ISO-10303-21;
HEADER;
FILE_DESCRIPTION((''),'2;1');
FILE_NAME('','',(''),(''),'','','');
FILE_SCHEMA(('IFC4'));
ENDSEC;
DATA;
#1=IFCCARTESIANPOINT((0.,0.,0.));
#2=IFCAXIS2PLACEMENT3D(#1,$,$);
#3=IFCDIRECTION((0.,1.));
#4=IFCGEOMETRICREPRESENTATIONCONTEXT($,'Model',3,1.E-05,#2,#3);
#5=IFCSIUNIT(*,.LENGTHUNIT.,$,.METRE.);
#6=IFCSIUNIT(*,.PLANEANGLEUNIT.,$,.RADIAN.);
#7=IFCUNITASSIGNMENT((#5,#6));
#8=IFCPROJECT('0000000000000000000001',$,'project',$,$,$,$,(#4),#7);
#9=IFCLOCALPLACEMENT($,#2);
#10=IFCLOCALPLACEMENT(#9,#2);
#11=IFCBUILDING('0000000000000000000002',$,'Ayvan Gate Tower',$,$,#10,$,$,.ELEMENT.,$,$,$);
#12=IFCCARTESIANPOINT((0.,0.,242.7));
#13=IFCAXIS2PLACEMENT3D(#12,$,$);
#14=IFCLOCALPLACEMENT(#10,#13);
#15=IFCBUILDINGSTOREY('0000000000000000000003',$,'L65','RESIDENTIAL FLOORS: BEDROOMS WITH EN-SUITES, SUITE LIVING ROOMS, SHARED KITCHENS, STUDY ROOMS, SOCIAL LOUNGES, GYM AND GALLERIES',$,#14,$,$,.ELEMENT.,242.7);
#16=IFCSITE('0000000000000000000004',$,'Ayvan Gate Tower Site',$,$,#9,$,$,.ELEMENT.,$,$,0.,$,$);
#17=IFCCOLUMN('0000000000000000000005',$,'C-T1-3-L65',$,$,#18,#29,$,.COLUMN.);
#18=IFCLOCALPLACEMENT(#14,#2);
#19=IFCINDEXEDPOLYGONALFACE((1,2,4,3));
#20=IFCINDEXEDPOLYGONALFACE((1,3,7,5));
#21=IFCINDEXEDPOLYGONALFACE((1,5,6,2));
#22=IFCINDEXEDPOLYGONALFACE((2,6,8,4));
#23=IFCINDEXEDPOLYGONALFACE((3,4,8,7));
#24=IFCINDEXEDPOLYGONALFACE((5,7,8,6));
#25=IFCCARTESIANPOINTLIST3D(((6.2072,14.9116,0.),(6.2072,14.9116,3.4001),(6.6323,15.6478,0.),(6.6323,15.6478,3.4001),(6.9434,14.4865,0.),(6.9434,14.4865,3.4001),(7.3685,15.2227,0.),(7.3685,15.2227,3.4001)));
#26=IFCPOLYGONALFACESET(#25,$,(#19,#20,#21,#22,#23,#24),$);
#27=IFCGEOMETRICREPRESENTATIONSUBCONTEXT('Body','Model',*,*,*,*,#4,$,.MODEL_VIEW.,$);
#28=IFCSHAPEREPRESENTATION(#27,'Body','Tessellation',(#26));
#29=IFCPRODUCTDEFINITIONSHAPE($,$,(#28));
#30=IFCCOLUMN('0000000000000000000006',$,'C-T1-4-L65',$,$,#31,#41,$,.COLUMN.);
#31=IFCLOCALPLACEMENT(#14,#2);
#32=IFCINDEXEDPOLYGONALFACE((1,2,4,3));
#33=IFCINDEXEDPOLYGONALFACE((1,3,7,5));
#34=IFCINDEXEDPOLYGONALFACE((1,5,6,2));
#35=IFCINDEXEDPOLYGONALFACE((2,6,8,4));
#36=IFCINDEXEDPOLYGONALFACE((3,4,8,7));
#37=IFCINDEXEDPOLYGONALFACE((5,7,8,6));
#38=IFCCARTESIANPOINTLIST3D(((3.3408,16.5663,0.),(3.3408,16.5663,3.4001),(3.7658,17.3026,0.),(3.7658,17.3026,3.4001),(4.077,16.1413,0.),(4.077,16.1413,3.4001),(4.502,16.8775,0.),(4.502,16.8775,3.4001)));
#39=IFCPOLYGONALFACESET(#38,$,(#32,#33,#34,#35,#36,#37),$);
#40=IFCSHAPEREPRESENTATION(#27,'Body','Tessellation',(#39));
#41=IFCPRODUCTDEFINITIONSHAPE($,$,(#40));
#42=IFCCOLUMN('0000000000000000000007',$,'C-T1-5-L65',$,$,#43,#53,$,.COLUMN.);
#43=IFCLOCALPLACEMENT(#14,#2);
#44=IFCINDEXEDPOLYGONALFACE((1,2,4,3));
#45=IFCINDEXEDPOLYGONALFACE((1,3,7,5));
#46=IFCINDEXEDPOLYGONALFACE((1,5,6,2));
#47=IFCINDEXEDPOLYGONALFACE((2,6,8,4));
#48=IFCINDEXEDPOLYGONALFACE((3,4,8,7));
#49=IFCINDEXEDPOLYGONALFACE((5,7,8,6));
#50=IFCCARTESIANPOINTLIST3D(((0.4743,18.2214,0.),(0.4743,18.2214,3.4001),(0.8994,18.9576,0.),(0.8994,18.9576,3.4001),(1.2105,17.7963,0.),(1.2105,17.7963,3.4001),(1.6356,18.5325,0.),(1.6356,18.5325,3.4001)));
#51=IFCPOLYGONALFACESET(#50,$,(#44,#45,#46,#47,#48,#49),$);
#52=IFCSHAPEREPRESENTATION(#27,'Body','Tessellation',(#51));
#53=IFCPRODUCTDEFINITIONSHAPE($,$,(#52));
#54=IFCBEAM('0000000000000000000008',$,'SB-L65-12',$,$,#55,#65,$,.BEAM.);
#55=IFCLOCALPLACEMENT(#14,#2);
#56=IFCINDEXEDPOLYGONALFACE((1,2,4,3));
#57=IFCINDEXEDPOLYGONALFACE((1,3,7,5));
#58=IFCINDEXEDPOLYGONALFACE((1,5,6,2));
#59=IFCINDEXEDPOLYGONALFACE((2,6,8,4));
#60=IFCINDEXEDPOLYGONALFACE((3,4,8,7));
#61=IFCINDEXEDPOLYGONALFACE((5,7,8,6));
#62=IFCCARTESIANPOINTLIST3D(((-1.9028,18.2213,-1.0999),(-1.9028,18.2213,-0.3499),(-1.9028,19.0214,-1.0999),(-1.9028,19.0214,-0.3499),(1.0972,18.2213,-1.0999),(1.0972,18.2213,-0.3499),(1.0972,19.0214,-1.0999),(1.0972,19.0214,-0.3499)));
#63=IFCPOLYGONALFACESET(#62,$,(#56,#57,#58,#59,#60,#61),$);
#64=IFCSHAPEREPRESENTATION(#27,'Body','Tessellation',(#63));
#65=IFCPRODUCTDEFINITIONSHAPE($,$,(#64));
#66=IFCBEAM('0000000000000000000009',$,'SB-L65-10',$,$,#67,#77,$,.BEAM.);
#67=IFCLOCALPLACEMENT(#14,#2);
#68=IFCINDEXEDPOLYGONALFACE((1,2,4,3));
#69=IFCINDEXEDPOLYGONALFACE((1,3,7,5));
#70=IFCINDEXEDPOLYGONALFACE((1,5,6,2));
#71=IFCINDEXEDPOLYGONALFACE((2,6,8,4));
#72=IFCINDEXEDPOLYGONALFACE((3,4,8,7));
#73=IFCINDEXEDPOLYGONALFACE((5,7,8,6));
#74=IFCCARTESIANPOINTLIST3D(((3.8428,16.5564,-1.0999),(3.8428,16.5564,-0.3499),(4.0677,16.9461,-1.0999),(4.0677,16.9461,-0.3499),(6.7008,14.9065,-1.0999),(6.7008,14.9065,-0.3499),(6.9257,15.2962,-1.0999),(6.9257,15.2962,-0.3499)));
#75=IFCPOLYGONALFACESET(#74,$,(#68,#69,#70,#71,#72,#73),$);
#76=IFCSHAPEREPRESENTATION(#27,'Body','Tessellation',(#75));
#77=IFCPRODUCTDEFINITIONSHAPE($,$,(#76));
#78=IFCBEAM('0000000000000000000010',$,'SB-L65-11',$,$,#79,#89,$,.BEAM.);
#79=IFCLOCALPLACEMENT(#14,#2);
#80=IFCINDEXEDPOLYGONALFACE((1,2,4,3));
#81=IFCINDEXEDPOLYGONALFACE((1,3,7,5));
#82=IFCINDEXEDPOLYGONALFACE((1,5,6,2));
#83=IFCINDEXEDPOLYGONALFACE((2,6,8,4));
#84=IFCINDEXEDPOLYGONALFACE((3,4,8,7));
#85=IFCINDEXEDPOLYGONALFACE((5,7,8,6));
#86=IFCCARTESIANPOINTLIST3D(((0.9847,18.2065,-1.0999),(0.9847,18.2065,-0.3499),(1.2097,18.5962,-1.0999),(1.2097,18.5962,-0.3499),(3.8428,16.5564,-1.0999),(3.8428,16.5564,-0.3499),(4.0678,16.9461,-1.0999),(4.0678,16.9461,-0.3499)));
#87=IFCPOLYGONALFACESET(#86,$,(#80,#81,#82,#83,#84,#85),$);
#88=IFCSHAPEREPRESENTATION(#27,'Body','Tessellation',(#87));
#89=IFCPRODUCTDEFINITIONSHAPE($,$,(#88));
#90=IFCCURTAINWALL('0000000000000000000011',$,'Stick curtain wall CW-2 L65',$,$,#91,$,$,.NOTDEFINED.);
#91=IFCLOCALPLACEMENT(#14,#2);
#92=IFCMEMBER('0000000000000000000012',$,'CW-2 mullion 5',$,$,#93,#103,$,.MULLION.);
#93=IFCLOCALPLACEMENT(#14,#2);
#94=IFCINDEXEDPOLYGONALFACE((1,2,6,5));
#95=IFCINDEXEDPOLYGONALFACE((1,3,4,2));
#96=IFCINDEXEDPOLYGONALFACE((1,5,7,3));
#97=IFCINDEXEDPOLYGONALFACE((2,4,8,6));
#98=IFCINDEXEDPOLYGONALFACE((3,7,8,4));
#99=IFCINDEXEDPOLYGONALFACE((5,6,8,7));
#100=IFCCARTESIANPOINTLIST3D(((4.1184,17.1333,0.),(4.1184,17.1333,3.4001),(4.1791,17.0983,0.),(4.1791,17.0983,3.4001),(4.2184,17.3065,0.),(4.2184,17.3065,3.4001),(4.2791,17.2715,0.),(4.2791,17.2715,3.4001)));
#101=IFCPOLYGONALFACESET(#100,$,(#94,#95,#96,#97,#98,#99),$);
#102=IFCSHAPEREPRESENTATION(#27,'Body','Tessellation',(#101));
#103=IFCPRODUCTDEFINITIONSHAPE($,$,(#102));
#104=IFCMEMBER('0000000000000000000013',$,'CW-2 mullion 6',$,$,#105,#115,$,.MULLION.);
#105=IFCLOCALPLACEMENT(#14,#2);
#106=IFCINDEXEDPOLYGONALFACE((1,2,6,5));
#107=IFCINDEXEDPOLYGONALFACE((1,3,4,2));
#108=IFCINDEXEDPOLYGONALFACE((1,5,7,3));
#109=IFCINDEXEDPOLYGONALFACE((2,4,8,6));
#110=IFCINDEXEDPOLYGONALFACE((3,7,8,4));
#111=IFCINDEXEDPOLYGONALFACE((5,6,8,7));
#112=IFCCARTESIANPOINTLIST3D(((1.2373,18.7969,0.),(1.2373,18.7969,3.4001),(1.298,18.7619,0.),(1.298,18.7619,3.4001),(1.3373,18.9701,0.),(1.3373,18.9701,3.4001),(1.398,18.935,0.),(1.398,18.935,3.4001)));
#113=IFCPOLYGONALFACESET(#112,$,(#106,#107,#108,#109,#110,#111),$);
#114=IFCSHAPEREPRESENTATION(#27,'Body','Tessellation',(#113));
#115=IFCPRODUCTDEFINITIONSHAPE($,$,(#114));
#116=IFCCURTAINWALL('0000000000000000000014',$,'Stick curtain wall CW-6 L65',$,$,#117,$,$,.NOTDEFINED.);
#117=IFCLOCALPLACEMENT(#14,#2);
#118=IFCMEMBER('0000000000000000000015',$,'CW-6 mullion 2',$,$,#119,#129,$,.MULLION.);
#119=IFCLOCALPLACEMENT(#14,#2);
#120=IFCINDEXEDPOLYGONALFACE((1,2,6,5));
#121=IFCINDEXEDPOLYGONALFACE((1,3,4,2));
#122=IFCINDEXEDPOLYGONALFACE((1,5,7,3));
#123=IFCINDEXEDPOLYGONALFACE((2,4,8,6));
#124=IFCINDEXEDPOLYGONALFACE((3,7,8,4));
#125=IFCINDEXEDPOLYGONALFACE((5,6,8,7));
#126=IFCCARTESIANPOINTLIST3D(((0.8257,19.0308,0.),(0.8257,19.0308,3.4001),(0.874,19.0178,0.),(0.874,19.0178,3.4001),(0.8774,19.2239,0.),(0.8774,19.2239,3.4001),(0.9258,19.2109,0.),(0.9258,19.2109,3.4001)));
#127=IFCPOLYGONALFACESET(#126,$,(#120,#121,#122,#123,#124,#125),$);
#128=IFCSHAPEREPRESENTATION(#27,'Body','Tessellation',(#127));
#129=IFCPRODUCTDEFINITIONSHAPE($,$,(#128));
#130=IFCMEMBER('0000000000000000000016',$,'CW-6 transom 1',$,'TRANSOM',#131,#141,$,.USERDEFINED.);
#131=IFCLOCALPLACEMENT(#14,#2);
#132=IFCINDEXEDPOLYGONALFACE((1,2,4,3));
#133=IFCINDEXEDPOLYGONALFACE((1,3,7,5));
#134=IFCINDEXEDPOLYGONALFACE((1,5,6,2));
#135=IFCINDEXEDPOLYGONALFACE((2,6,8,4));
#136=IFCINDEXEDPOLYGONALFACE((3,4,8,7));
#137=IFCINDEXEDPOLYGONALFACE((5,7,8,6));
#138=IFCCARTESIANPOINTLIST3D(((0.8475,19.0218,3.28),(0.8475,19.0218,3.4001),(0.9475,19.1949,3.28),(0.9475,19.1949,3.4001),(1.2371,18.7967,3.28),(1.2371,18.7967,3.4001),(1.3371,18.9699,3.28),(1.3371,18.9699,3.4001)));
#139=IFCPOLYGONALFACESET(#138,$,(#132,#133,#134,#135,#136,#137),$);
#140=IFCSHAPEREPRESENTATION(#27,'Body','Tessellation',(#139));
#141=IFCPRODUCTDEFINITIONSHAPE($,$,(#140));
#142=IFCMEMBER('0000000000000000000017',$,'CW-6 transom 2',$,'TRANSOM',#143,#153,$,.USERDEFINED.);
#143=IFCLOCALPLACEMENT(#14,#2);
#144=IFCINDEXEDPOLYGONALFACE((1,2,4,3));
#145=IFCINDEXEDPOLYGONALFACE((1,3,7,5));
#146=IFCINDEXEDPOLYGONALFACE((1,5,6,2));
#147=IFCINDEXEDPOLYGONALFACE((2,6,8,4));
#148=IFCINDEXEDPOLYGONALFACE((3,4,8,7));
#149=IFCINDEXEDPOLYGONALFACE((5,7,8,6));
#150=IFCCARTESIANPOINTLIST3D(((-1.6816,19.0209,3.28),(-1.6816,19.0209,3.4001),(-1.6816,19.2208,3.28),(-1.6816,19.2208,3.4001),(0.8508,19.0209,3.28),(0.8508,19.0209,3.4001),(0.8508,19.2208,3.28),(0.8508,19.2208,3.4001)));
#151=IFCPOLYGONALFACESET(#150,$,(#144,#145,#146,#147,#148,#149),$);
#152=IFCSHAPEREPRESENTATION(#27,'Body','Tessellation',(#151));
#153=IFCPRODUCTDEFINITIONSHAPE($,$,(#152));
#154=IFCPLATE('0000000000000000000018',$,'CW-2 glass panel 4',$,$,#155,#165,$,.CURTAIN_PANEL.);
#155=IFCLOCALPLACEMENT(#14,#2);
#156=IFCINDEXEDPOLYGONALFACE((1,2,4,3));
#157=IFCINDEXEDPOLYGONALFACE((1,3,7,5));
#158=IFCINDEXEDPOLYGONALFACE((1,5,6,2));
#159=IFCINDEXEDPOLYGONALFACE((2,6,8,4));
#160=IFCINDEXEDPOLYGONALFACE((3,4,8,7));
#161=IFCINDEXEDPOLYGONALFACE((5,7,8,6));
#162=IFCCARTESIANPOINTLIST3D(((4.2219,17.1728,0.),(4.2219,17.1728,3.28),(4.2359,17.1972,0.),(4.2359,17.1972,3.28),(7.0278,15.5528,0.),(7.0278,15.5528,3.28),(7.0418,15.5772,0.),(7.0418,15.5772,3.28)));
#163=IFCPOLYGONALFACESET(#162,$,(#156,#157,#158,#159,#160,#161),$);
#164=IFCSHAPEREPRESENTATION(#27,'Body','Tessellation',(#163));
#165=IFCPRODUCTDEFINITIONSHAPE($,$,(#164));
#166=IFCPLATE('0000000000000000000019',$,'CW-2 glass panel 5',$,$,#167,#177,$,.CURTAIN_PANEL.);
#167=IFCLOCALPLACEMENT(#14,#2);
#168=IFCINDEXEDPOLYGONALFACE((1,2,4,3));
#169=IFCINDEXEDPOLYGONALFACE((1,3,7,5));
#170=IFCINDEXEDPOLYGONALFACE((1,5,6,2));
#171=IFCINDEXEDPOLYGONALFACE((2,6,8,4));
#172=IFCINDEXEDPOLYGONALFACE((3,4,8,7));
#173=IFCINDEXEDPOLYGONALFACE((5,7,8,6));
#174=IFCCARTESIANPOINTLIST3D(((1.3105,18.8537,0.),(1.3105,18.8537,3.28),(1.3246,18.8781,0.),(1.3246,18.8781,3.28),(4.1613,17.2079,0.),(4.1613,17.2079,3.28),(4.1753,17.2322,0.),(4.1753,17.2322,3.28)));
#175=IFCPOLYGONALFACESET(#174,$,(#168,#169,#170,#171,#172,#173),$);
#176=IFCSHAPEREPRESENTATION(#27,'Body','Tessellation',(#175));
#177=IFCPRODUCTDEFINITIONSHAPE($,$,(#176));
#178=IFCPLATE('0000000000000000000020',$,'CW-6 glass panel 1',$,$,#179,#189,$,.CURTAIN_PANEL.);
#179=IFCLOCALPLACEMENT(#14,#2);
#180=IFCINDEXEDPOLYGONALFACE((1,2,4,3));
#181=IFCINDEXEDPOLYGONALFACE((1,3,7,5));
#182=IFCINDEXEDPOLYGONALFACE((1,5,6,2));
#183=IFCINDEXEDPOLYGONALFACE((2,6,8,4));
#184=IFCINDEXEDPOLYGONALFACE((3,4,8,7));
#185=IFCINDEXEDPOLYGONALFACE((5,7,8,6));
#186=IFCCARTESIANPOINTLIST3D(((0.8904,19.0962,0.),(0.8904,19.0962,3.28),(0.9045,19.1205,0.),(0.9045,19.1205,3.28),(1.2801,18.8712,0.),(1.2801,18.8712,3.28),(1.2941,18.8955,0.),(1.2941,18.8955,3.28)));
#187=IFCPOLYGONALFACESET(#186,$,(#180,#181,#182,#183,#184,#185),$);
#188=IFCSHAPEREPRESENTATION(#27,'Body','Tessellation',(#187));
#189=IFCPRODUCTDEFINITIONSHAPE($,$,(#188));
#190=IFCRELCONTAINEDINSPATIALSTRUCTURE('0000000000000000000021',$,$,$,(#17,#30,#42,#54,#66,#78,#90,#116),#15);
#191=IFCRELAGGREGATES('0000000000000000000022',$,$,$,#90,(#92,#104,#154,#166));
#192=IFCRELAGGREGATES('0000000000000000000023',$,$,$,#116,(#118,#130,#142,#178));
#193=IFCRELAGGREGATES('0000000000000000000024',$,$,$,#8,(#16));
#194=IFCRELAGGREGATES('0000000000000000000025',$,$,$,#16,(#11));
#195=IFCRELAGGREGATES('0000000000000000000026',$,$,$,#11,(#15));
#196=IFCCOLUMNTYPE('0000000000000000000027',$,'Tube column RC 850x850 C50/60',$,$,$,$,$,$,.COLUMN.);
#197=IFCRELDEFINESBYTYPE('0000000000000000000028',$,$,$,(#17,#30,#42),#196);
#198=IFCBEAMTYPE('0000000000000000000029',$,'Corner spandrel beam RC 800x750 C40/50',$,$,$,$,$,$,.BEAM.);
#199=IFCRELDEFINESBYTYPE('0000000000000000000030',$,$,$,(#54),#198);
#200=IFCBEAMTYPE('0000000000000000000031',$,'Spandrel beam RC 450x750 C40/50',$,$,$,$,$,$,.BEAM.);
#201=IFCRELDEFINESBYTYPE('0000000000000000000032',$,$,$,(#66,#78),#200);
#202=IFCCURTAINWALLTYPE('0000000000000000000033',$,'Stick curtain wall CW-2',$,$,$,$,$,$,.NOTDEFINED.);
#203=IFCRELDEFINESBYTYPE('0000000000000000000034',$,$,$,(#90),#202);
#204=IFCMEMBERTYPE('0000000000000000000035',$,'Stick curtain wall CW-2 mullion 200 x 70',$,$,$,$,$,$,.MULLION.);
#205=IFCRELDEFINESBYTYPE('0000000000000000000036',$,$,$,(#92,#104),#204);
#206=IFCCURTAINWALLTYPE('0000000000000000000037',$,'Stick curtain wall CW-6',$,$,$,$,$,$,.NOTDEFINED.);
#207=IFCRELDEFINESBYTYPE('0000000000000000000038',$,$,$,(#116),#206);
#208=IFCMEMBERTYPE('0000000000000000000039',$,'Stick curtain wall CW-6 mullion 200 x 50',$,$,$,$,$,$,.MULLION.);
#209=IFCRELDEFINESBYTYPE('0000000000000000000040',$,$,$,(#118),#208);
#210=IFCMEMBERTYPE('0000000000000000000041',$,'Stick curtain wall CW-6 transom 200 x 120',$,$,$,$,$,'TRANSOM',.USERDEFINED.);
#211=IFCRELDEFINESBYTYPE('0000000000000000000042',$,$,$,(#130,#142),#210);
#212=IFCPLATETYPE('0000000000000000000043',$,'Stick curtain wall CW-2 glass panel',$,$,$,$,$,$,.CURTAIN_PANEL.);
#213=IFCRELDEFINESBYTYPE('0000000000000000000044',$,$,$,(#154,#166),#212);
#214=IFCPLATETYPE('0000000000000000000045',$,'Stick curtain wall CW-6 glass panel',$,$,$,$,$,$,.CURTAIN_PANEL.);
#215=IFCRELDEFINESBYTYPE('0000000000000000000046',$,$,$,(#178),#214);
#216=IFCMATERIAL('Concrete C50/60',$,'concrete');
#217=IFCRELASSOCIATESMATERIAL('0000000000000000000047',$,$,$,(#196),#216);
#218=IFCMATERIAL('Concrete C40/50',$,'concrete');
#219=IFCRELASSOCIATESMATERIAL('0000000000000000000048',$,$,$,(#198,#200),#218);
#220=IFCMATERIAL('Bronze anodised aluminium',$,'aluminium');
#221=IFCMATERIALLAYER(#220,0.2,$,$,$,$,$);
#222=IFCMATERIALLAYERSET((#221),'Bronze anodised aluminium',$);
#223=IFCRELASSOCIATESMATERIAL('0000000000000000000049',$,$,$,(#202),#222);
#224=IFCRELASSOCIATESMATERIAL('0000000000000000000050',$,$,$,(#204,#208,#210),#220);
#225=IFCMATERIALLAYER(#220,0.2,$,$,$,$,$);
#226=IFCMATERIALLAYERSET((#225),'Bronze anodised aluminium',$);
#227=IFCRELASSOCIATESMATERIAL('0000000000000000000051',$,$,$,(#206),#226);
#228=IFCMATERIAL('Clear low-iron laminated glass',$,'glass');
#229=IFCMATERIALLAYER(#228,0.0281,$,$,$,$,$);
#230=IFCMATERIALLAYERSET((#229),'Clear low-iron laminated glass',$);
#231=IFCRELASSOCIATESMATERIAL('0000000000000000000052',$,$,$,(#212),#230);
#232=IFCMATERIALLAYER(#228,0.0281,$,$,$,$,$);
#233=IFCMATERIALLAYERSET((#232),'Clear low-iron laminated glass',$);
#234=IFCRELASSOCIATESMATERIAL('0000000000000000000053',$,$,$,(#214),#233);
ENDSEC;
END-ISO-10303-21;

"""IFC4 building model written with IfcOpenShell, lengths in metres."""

from ifc_helpers import new_model, si_unit, direction, frame, origin, origin_2d, place, context, subcontext, project, spatial, rectangle, extrude, material, layer, layer_set, material_profile, profile_set, type_object, element, aggregate, save


model = new_model("IFC4")

# Units and contexts
model_context = context("Model", 3, precision=1e-05, world=origin(), true_north=direction((0.0, 1.0)))
body_context = subcontext(model_context, "Body", "Model", "MODEL_VIEW")
ifc_project = project(units=[si_unit("LENGTHUNIT", "METRE"), si_unit("PLANEANGLEUNIT", "RADIAN")], contexts=[model_context])

# Site, building, storey
site_placement = place(None, origin())
site = spatial("IfcSite", under=ifc_project, at=site_placement, Name="Ayvan Gate Tower Site", CompositionType="ELEMENT", RefElevation=0.0)
building_placement = place(site_placement, origin())
building = spatial("IfcBuilding", under=site, at=building_placement, Name="Ayvan Gate Tower", CompositionType="ELEMENT")
storey_placement = place(building_placement, frame((0.0, 0.0, 242.7)))
storey = spatial("IfcBuildingStorey", under=building, at=storey_placement, Name="L65", Description="RESIDENTIAL FLOORS: BEDROOMS WITH EN-SUITES, SUITE LIVING ROOMS, SHARED KITCHENS, STUDY ROOMS, SOCIAL LOUNGES, GYM AND GALLERIES", CompositionType="ELEMENT", Elevation=242.7)

# Columns
ifc_material_1 = material(Name="Concrete C50/60", Category="concrete")
ifc_material_profile_1 = material_profile(ifc_material_1, rectangle(XDim=0.8501, YDim=0.8501, at=origin_2d()), Name="RC 850x850")
ifc_profile_set_1 = profile_set([ifc_material_profile_1], Name="Concrete C50/60")
column_type = type_object("IfcColumnType", Name="Tube column RC 850x850 C50/60", PredefinedType="COLUMN", material=ifc_profile_set_1)
for number, where, z_axis, x_axis, name in (
    (1, (6.7878, 15.0671, 0.0), (0.0, 0.0, 1.0), (0.5, 0.866025, 0.0), "C-T1-3-L65"),
    (2, (3.9214, 16.7219, 0.0), (0.0, 0.0, 1.0), (0.5, 0.866025, 0.0), "C-T1-4-L65"),
    (3, (1.0549, 18.377, 0.0), (0.0, 0.0, 1.0), (0.5, 0.866025, 0.0), "C-T1-5-L65"),
):
    element("IfcColumn", number, at=place(storey_placement, frame(where, z_axis=z_axis, x_axis=x_axis)), inside=storey, type_object=column_type, Name=name, PredefinedType="COLUMN", context=body_context, shape_type="SweptSolid", body=[
        extrude(rectangle(XDim=0.8501, YDim=0.8501, at=origin_2d()), origin(), (0.0, 0.0, 1.0), 3.4001),
    ])

# Beams
ifc_material_2 = material(Name="Concrete C40/50", Category="concrete")
ifc_material_profile_2 = material_profile(ifc_material_2, rectangle(XDim=0.8, YDim=0.75, at=origin_2d()), Name="RC 800x750")
ifc_profile_set_2 = profile_set([ifc_material_profile_2], Name="Concrete C40/50")
beam_type_1 = type_object("IfcBeamType", Name="Corner spandrel beam RC 800x750 C40/50", PredefinedType="BEAM", material=ifc_profile_set_2)
beam_1_placement = place(storey_placement, frame((1.0972, 18.6213, -0.7249), z_axis=(-1.0, 0.0, 0.0), x_axis=(0.0, -1.0, 0.0)))
element("IfcBeam", 4, at=beam_1_placement, inside=storey, type_object=beam_type_1, Name="SB-L65-12", PredefinedType="BEAM", context=body_context, shape_type="SweptSolid", body=[
    extrude(rectangle(XDim=0.8, YDim=0.75, at=origin_2d()), origin(), (0.0, 0.0, 1.0), 3.0),
])
ifc_material_profile_3 = material_profile(ifc_material_2, rectangle(XDim=0.45, YDim=0.75, at=origin_2d()), Name="RC 450x750")
ifc_profile_set_3 = profile_set([ifc_material_profile_3], Name="Concrete C40/50")
beam_type_2 = type_object("IfcBeamType", Name="Spandrel beam RC 450x750 C40/50", PredefinedType="BEAM", material=ifc_profile_set_3)
beam_2_placement = place(storey_placement, frame((6.8132, 15.1013, -0.7249), z_axis=(-0.86604, 0.499974, 0.0), x_axis=(-0.499974, -0.86604, 0.0)))
element("IfcBeam", 5, at=beam_2_placement, inside=storey, type_object=beam_type_2, Name="SB-L65-10", PredefinedType="BEAM", context=body_context, shape_type="SweptSolid", body=[
    extrude(rectangle(XDim=0.45, YDim=0.75, at=origin_2d()), origin(), (0.0, 0.0, 1.0), 3.3),
])
beam_3_placement = place(storey_placement, frame((3.9553, 16.7512, -0.7249), z_axis=(-0.866027, 0.499998, 0.0), x_axis=(-0.499998, -0.866027, 0.0)))
element("IfcBeam", 6, at=beam_3_placement, inside=storey, type_object=beam_type_2, Name="SB-L65-11", PredefinedType="BEAM", context=body_context, shape_type="SweptSolid", body=[
    extrude(rectangle(XDim=0.45, YDim=0.75, at=origin_2d()), origin(), (0.0, 0.0, 1.0), 3.3003),
])

# Curtain walls, members
ifc_material_3 = material(Name="Bronze anodised aluminium", Category="aluminium")
ifc_layer_1 = layer(ifc_material_3, 0.2)
ifc_layer_set_1 = layer_set([ifc_layer_1], Name="Bronze anodised aluminium")
curtain_wall_type_1 = type_object("IfcCurtainWallType", Name="Stick curtain wall CW-2", PredefinedType="NOTDEFINED", material=ifc_layer_set_1)
curtain_wall_1_placement = place(storey_placement, origin())
curtain_wall_1 = element("IfcCurtainWall", 7, at=curtain_wall_1_placement, inside=storey, type_object=curtain_wall_type_1, Name="Stick curtain wall CW-2 L65", PredefinedType="NOTDEFINED")
ifc_material_profile_4 = material_profile(ifc_material_3, rectangle(XDim=0.2, YDim=0.0701, at=origin_2d()), Name="Stick curtain wall CW-2 mullion 200 x 70")
ifc_profile_set_4 = profile_set([ifc_material_profile_4], Name="Bronze anodised aluminium")
member_type_1 = type_object("IfcMemberType", Name="Stick curtain wall CW-2 mullion 200 x 70", PredefinedType="MULLION", material=ifc_profile_set_4)
member_1_placement = place(storey_placement, frame((4.1987, 17.2024, 0.0), z_axis=(0.0, 0.0, 1.0), x_axis=(0.5, 0.866025, 0.0)))
member_1 = element("IfcMember", 8, at=member_1_placement, type_object=member_type_1, Name="CW-2 mullion 5", PredefinedType="MULLION", context=body_context, shape_type="SweptSolid", body=[
    extrude(rectangle(XDim=0.2, YDim=0.0701, at=origin_2d()), origin(), (0.0, 0.0, 1.0), 3.4001),
])
member_2_placement = place(storey_placement, frame((1.3176, 18.866, 0.0), z_axis=(0.0, 0.0, 1.0), x_axis=(0.5, 0.866025, 0.0)))
member_2 = element("IfcMember", 9, at=member_2_placement, type_object=member_type_1, Name="CW-2 mullion 6", PredefinedType="MULLION", context=body_context, shape_type="SweptSolid", body=[
    extrude(rectangle(XDim=0.2, YDim=0.0701, at=origin_2d()), origin(), (0.0, 0.0, 1.0), 3.4001),
])
ifc_layer_2 = layer(ifc_material_3, 0.2)
ifc_layer_set_2 = layer_set([ifc_layer_2], Name="Bronze anodised aluminium")
curtain_wall_type_2 = type_object("IfcCurtainWallType", Name="Stick curtain wall CW-6", PredefinedType="NOTDEFINED", material=ifc_layer_set_2)
curtain_wall_2_placement = place(storey_placement, origin())
curtain_wall_2 = element("IfcCurtainWall", 10, at=curtain_wall_2_placement, inside=storey, type_object=curtain_wall_type_2, Name="Stick curtain wall CW-6 L65", PredefinedType="NOTDEFINED")
ifc_material_profile_5 = material_profile(ifc_material_3, rectangle(XDim=0.2, YDim=0.05, at=origin_2d()), Name="Stick curtain wall CW-6 mullion 200 x 50")
ifc_profile_set_5 = profile_set([ifc_material_profile_5], Name="Bronze anodised aluminium")
member_type_2 = type_object("IfcMemberType", Name="Stick curtain wall CW-6 mullion 200 x 50", PredefinedType="MULLION", material=ifc_profile_set_5)
member_3_placement = place(storey_placement, frame((0.8757, 19.1208, 0.0), z_axis=(0.0, 0.0, 1.0), x_axis=(0.258819, 0.965926, 0.0)))
member_3 = element("IfcMember", 11, at=member_3_placement, type_object=member_type_2, Name="CW-6 mullion 2", PredefinedType="MULLION", context=body_context, shape_type="SweptSolid", body=[
    extrude(rectangle(XDim=0.2, YDim=0.05, at=origin_2d()), origin(), (0.0, 0.0, 1.0), 3.4001),
])
ifc_material_profile_6 = material_profile(ifc_material_3, rectangle(XDim=0.2, YDim=0.1201, at=origin_2d()), Name="Stick curtain wall CW-6 transom 200 x 120")
ifc_profile_set_6 = profile_set([ifc_material_profile_6], Name="Bronze anodised aluminium")
member_type_3 = type_object("IfcMemberType", Name="Stick curtain wall CW-6 transom 200 x 120", ElementType="TRANSOM", PredefinedType="USERDEFINED", material=ifc_profile_set_6)
member_4_placement = place(storey_placement, frame((1.2871, 18.8833, 3.3401), z_axis=(-0.865896, 0.500223, 0.0), x_axis=(-0.500223, -0.865896, 0.0)))
member_4 = element("IfcMember", 12, at=member_4_placement, type_object=member_type_3, Name="CW-6 transom 1", ObjectType="TRANSOM", PredefinedType="USERDEFINED", context=body_context, shape_type="SweptSolid", body=[
    extrude(rectangle(XDim=0.2, YDim=0.1201, at=origin_2d()), origin(), (0.0, 0.0, 1.0), 0.45),
])
member_5_placement = place(storey_placement, frame((0.8508, 19.1208, 3.3401), z_axis=(-1.0, 0.0, 0.0), x_axis=(0.0, -1.0, 0.0)))
member_5 = element("IfcMember", 13, at=member_5_placement, type_object=member_type_3, Name="CW-6 transom 2", ObjectType="TRANSOM", PredefinedType="USERDEFINED", context=body_context, shape_type="SweptSolid", body=[
    extrude(rectangle(XDim=0.2, YDim=0.1201, at=origin_2d()), origin(), (0.0, 0.0, 1.0), 2.5325),
])

# Plates
ifc_material_4 = material(Name="Clear low-iron laminated glass", Category="glass")
ifc_layer_3 = layer(ifc_material_4, 0.0281)
ifc_layer_set_3 = layer_set([ifc_layer_3], Name="Clear low-iron laminated glass")
plate_type_1 = type_object("IfcPlateType", Name="Stick curtain wall CW-2 glass panel", PredefinedType="CURTAIN_PANEL", material=ifc_layer_set_3)
plate_1_placement = place(storey_placement, frame((5.6318, 16.375, 0.0), z_axis=(0.0, 0.0, 1.0), x_axis=(-0.866025, 0.5, 0.0)))
plate_1 = element("IfcPlate", 14, at=plate_1_placement, type_object=plate_type_1, Name="CW-2 glass panel 4", PredefinedType="CURTAIN_PANEL", context=body_context, shape_type="SweptSolid", body=[
    extrude(rectangle(XDim=3.24, YDim=0.0281, at=origin_2d()), origin(), (0.0, 0.0, 1.0), 3.28),
])
plate_2_placement = place(storey_placement, frame((2.7429, 18.043, 0.0), z_axis=(0.0, 0.0, 1.0), x_axis=(-0.866025, 0.5, 0.0)))
plate_2 = element("IfcPlate", 15, at=plate_2_placement, type_object=plate_type_1, Name="CW-2 glass panel 5", PredefinedType="CURTAIN_PANEL", context=body_context, shape_type="SweptSolid", body=[
    extrude(rectangle(XDim=3.2917, YDim=0.0281, at=origin_2d()), origin(), (0.0, 0.0, 1.0), 3.28),
])
aggregate(curtain_wall_1, [member_1, member_2, plate_1, plate_2])
ifc_layer_4 = layer(ifc_material_4, 0.0281)
ifc_layer_set_4 = layer_set([ifc_layer_4], Name="Clear low-iron laminated glass")
plate_type_2 = type_object("IfcPlateType", Name="Stick curtain wall CW-6 glass panel", PredefinedType="CURTAIN_PANEL", material=ifc_layer_set_4)
plate_3_placement = place(storey_placement, frame((1.0923, 18.9958, 0.0), z_axis=(0.0, 0.0, 1.0), x_axis=(-0.866025, 0.5, 0.0)))
plate_3 = element("IfcPlate", 16, at=plate_3_placement, type_object=plate_type_2, Name="CW-6 glass panel 1", PredefinedType="CURTAIN_PANEL", context=body_context, shape_type="SweptSolid", body=[
    extrude(rectangle(XDim=0.45, YDim=0.0281, at=origin_2d()), origin(), (0.0, 0.0, 1.0), 3.28),
])
aggregate(curtain_wall_2, [member_3, member_4, member_5, plate_3])

save(model, "model.ifc")
